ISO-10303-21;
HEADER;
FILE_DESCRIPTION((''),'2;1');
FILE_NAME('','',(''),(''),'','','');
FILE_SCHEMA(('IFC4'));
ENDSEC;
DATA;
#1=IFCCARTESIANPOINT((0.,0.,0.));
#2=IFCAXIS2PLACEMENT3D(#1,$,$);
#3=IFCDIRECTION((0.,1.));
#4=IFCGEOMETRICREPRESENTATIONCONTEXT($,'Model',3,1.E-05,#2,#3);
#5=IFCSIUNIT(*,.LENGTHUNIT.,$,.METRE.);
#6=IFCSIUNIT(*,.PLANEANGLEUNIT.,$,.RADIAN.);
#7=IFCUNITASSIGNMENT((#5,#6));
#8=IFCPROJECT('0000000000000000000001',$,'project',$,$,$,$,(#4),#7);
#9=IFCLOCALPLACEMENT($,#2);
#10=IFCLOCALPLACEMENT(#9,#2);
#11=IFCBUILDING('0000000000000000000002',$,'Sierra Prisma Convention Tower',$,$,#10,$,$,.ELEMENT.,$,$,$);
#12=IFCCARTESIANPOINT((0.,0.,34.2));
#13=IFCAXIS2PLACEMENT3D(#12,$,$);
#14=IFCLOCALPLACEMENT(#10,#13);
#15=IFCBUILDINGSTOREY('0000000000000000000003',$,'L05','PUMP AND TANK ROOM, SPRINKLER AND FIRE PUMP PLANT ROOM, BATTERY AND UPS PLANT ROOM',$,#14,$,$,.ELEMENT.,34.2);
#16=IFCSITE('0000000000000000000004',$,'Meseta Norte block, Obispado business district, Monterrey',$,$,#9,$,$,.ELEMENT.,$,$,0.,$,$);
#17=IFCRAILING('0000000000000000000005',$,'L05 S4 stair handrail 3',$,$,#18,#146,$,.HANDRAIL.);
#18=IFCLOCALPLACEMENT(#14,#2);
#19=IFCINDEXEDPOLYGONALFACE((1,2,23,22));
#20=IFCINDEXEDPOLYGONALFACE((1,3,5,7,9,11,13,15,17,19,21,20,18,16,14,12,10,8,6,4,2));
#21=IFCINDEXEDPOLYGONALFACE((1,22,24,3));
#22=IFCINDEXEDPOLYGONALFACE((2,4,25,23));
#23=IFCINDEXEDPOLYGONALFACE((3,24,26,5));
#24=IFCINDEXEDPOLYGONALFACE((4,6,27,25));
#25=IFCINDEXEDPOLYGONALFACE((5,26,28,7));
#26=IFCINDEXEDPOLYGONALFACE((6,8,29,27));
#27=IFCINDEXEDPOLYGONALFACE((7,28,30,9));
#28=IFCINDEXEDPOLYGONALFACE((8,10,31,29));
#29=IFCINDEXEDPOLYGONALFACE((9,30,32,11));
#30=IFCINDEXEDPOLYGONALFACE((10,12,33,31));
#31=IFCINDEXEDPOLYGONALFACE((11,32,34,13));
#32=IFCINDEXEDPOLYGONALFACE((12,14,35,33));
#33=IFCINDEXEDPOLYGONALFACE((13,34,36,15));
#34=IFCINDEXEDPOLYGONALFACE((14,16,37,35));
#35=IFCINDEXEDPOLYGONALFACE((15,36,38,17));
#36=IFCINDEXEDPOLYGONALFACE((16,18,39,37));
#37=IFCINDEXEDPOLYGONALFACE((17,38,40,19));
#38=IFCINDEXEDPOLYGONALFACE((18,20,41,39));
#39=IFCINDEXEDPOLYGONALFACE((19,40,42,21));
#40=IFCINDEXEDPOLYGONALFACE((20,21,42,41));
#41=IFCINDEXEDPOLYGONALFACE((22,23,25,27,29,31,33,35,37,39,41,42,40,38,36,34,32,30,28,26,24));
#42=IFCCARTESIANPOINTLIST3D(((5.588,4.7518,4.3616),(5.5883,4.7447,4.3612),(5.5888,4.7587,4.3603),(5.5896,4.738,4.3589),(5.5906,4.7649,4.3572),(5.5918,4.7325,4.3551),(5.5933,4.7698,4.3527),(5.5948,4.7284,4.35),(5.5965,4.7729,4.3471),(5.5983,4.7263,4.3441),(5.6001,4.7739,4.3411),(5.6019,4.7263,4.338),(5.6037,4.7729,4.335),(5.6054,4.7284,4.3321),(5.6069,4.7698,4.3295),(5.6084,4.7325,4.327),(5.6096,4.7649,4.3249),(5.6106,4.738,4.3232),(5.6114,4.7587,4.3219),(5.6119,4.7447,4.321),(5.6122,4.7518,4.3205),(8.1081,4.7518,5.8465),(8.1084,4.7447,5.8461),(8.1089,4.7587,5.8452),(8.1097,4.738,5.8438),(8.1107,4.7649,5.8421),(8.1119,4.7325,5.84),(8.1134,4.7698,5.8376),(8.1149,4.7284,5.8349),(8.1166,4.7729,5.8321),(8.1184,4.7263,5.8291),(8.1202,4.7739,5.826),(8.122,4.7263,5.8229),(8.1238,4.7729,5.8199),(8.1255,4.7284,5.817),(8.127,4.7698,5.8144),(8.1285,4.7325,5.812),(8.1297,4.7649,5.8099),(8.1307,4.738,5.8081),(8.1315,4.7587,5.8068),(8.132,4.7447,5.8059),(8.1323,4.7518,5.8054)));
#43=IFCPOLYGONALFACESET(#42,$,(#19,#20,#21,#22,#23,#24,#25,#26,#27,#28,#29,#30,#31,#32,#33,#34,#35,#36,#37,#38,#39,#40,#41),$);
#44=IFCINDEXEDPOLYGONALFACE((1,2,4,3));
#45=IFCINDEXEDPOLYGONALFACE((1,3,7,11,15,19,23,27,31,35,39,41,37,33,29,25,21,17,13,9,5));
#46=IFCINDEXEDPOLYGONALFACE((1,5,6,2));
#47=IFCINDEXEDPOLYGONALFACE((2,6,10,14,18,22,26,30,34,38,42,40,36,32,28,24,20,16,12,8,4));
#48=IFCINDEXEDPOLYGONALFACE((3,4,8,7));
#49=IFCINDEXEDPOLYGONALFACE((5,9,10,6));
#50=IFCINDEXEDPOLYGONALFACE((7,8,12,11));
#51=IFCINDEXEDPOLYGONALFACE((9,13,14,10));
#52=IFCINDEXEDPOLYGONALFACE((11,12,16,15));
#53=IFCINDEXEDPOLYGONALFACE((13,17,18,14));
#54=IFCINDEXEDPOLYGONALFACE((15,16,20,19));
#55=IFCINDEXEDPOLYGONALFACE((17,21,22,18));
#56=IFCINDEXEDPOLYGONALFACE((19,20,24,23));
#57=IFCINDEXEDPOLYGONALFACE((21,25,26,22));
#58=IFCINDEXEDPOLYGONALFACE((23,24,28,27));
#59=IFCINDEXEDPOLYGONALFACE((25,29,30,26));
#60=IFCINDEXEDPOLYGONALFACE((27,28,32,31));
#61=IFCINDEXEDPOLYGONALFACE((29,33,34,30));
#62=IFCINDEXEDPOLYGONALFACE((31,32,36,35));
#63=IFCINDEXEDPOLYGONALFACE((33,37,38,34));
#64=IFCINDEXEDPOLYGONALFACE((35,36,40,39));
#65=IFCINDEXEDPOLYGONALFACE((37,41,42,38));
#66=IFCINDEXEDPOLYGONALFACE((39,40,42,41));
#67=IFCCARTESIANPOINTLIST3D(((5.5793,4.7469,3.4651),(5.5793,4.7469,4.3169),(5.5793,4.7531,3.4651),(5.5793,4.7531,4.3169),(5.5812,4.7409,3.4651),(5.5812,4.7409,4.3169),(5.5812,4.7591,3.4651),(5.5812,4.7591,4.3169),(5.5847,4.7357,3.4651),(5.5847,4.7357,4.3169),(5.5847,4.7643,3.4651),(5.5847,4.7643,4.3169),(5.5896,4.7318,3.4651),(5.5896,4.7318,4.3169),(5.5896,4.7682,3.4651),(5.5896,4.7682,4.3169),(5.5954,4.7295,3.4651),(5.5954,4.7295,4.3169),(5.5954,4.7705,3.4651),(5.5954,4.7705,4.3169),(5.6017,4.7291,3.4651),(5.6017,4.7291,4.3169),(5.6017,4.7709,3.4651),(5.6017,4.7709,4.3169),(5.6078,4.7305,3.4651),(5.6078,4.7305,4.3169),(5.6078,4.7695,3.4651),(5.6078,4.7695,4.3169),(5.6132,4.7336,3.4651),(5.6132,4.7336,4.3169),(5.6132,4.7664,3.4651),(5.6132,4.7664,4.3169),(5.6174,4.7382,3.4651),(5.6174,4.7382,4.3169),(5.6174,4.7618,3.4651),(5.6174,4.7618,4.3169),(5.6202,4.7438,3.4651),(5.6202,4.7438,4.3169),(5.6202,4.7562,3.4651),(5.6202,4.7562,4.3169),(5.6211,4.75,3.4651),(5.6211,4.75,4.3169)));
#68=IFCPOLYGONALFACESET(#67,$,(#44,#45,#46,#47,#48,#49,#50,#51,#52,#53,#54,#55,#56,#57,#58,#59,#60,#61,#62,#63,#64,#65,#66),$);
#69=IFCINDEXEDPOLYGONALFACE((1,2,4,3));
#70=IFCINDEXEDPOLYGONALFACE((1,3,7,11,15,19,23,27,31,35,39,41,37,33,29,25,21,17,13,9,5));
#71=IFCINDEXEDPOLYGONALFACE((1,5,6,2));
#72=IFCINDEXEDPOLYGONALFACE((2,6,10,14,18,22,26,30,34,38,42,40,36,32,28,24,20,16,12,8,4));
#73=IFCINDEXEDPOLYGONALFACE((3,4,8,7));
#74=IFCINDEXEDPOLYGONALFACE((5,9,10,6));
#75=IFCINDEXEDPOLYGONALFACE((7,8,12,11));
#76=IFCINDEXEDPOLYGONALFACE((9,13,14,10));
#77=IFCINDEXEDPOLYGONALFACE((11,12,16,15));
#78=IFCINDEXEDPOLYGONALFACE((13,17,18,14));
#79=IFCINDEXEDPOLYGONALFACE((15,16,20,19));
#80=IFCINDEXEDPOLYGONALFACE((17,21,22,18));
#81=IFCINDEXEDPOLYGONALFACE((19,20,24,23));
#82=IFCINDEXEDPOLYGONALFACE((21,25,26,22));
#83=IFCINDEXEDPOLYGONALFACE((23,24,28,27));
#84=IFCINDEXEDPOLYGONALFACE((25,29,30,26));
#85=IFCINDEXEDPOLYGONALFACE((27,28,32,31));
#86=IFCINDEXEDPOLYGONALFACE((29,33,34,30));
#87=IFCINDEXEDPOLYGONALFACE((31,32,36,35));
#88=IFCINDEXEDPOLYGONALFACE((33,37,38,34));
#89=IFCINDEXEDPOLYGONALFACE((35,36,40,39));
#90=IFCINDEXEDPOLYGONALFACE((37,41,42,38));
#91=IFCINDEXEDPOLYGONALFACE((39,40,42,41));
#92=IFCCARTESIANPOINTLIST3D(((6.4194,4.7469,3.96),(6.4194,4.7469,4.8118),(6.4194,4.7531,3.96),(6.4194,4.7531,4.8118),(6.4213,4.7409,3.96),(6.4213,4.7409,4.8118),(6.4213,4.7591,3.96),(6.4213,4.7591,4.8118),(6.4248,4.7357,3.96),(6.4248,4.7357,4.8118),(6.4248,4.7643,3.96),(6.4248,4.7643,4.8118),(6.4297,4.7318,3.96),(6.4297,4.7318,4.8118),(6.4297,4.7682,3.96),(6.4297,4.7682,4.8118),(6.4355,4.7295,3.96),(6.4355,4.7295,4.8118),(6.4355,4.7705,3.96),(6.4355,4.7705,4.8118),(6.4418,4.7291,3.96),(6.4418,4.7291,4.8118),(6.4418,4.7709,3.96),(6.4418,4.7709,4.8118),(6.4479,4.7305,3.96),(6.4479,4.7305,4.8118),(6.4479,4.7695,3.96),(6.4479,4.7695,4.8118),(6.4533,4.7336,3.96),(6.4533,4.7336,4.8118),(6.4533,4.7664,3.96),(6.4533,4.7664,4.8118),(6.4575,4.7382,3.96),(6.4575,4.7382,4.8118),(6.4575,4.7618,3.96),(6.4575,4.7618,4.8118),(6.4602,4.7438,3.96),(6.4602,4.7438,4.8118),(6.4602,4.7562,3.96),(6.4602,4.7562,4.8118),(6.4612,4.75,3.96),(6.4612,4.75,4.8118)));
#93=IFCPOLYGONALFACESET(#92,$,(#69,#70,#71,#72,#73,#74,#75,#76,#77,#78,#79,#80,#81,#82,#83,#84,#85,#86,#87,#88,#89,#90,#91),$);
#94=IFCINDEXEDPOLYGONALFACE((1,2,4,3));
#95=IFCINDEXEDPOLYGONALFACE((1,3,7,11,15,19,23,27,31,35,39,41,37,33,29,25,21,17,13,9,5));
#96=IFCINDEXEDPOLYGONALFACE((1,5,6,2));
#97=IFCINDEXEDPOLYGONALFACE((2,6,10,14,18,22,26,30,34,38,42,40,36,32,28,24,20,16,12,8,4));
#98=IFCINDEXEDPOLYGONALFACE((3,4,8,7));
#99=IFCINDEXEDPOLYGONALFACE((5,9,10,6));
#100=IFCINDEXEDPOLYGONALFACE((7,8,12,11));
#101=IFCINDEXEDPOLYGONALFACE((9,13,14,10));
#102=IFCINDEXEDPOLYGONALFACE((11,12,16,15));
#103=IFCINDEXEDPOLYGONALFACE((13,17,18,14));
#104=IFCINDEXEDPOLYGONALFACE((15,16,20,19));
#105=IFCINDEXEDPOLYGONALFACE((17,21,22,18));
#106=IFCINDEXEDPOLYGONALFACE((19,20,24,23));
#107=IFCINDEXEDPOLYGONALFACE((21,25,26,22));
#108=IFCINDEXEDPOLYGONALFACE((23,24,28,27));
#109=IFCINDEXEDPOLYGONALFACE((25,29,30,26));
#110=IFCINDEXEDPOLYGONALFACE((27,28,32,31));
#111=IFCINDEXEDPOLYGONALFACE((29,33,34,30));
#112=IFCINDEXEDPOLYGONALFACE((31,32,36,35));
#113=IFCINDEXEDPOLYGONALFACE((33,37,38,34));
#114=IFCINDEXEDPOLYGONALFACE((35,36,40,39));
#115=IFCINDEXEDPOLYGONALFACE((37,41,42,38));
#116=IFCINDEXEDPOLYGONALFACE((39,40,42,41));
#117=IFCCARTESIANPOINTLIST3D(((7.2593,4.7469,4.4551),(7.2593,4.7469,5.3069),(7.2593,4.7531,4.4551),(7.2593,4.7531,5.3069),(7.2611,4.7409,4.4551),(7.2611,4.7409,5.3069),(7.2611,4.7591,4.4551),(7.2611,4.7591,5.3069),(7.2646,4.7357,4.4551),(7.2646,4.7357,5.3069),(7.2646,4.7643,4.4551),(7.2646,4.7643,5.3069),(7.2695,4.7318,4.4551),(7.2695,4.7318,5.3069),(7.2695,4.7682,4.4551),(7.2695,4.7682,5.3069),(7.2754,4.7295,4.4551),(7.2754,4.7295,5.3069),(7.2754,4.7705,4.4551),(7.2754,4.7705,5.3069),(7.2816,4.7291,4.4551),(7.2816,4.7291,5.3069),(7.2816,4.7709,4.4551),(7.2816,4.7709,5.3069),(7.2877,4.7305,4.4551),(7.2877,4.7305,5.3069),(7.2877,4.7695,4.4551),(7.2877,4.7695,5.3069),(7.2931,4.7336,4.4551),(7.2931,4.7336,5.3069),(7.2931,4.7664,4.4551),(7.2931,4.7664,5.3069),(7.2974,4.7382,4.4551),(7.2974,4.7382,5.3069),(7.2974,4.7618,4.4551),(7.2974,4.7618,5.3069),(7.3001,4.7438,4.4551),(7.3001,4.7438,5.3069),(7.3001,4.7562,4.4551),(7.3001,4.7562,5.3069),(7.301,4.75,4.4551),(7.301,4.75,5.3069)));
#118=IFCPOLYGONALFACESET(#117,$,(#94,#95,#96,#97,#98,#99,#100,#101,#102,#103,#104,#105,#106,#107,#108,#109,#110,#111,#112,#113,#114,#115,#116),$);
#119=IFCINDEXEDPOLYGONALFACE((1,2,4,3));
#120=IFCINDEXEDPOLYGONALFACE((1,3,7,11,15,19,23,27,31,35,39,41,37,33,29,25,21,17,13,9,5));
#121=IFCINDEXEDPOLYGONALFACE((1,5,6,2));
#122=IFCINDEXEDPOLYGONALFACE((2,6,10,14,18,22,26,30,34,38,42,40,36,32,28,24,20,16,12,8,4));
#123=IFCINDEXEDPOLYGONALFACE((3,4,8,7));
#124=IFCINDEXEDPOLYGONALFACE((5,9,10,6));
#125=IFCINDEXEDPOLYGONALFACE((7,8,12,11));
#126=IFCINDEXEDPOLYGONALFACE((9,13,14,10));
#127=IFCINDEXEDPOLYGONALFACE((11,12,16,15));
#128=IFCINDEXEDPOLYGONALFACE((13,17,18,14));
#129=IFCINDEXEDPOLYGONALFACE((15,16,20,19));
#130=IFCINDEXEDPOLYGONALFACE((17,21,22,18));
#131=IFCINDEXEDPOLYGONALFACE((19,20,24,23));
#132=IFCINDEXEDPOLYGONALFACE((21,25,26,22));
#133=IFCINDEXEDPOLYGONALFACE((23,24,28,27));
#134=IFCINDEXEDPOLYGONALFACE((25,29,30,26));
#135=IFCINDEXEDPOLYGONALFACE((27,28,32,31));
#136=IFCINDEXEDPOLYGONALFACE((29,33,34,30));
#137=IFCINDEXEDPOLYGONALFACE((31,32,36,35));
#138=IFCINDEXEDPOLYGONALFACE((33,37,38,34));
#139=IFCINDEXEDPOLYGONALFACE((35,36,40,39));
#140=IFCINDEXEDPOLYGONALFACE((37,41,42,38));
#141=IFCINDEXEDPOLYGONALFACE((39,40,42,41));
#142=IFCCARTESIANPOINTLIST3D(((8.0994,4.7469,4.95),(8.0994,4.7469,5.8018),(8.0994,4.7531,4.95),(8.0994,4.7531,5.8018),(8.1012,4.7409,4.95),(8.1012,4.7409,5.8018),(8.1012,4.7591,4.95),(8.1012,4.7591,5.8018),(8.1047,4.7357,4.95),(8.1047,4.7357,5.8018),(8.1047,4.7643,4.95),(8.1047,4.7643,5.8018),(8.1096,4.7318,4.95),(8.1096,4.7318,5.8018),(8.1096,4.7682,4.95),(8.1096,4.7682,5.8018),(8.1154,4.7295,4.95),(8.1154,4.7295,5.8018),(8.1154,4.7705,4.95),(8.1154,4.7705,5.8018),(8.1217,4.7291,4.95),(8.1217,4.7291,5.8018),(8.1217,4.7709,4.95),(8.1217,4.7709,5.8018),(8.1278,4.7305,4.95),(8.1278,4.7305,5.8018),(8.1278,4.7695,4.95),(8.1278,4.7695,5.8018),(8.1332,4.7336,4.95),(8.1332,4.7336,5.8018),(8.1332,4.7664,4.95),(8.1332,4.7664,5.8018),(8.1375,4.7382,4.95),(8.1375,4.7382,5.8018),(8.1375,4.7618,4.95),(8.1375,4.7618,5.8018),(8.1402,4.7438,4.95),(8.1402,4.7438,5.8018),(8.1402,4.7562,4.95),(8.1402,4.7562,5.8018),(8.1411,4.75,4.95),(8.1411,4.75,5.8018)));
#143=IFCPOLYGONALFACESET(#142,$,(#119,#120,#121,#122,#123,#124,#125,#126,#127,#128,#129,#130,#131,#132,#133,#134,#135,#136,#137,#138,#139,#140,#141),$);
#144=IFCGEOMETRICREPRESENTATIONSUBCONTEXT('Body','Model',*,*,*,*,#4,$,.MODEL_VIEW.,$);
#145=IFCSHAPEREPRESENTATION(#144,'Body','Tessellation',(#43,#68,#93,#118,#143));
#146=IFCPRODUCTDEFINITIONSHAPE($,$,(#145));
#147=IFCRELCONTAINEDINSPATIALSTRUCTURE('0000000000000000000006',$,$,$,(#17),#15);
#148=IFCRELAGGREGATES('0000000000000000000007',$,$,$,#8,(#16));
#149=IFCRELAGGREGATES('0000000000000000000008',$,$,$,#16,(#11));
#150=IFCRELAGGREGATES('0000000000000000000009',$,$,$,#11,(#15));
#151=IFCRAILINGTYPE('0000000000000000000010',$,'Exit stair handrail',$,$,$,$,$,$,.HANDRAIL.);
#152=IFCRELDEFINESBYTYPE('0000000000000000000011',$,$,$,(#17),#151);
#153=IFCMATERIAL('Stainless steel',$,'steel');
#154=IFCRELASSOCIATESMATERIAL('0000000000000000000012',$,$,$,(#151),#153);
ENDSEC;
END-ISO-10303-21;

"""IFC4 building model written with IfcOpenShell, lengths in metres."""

from ifc_helpers import new_model, si_unit, direction, frame, origin, origin_2d, place, context, subcontext, project, spatial, circle, extrude, material, type_object, element, save


model = new_model("IFC4")

# Units and contexts
model_context = context("Model", 3, precision=1e-05, world=origin(), true_north=direction((0.0, 1.0)))
body_context = subcontext(model_context, "Body", "Model", "MODEL_VIEW")
ifc_project = project(units=[si_unit("LENGTHUNIT", "METRE"), si_unit("PLANEANGLEUNIT", "RADIAN")], contexts=[model_context])

# Site, building, storey
site_placement = place(None, origin())
site = spatial("IfcSite", under=ifc_project, at=site_placement, Name="Meseta Norte block, Obispado business district, Monterrey", CompositionType="ELEMENT", RefElevation=0.0)
building_placement = place(site_placement, origin())
building = spatial("IfcBuilding", under=site, at=building_placement, Name="Sierra Prisma Convention Tower", CompositionType="ELEMENT")
storey_placement = place(building_placement, frame((0.0, 0.0, 34.2)))
storey = spatial("IfcBuildingStorey", under=building, at=storey_placement, Name="L05", Description="PUMP AND TANK ROOM, SPRINKLER AND FIRE PUMP PLANT ROOM, BATTERY AND UPS PLANT ROOM", CompositionType="ELEMENT", Elevation=34.2)

# Railing
ifc_material_1 = material(Name="Stainless steel", Category="steel")
railing_type = type_object("IfcRailingType", Name="Exit stair handrail", PredefinedType="HANDRAIL", material=ifc_material_1)
railing_1_placement = place(storey_placement, frame((5.6001, 4.75, 3.4651)))
element("IfcRailing", 1, at=railing_1_placement, inside=storey, type_object=railing_type, Name="L05 S4 stair handrail 3", PredefinedType="HANDRAIL", context=body_context, shape_type="SweptSolid", body=[
    extrude(circle(Radius=0.0239, at=origin_2d()), frame((0.0, 0.0, 0.876), z_axis=(0.861561, 0.0, 0.507655), x_axis=(0.0, 1.0, 0.0)), (0.0, 0.0, 1.0), 2.925),
    extrude(circle(Radius=0.021, at=origin_2d()), origin(), (0.0, 0.0, 1.0), 0.8518),
    extrude(circle(Radius=0.021, at=origin_2d()), frame((0.8401, 0.0, 0.4949)), (0.0, 0.0, 1.0), 0.8518),
    extrude(circle(Radius=0.021, at=origin_2d()), frame((1.6799, 0.0, 0.99)), (0.0, 0.0, 1.0), 0.8518),
    extrude(circle(Radius=0.021, at=origin_2d()), frame((2.52, 0.0, 1.4849)), (0.0, 0.0, 1.0), 0.8518),
])

save(model, "model.ifc")
